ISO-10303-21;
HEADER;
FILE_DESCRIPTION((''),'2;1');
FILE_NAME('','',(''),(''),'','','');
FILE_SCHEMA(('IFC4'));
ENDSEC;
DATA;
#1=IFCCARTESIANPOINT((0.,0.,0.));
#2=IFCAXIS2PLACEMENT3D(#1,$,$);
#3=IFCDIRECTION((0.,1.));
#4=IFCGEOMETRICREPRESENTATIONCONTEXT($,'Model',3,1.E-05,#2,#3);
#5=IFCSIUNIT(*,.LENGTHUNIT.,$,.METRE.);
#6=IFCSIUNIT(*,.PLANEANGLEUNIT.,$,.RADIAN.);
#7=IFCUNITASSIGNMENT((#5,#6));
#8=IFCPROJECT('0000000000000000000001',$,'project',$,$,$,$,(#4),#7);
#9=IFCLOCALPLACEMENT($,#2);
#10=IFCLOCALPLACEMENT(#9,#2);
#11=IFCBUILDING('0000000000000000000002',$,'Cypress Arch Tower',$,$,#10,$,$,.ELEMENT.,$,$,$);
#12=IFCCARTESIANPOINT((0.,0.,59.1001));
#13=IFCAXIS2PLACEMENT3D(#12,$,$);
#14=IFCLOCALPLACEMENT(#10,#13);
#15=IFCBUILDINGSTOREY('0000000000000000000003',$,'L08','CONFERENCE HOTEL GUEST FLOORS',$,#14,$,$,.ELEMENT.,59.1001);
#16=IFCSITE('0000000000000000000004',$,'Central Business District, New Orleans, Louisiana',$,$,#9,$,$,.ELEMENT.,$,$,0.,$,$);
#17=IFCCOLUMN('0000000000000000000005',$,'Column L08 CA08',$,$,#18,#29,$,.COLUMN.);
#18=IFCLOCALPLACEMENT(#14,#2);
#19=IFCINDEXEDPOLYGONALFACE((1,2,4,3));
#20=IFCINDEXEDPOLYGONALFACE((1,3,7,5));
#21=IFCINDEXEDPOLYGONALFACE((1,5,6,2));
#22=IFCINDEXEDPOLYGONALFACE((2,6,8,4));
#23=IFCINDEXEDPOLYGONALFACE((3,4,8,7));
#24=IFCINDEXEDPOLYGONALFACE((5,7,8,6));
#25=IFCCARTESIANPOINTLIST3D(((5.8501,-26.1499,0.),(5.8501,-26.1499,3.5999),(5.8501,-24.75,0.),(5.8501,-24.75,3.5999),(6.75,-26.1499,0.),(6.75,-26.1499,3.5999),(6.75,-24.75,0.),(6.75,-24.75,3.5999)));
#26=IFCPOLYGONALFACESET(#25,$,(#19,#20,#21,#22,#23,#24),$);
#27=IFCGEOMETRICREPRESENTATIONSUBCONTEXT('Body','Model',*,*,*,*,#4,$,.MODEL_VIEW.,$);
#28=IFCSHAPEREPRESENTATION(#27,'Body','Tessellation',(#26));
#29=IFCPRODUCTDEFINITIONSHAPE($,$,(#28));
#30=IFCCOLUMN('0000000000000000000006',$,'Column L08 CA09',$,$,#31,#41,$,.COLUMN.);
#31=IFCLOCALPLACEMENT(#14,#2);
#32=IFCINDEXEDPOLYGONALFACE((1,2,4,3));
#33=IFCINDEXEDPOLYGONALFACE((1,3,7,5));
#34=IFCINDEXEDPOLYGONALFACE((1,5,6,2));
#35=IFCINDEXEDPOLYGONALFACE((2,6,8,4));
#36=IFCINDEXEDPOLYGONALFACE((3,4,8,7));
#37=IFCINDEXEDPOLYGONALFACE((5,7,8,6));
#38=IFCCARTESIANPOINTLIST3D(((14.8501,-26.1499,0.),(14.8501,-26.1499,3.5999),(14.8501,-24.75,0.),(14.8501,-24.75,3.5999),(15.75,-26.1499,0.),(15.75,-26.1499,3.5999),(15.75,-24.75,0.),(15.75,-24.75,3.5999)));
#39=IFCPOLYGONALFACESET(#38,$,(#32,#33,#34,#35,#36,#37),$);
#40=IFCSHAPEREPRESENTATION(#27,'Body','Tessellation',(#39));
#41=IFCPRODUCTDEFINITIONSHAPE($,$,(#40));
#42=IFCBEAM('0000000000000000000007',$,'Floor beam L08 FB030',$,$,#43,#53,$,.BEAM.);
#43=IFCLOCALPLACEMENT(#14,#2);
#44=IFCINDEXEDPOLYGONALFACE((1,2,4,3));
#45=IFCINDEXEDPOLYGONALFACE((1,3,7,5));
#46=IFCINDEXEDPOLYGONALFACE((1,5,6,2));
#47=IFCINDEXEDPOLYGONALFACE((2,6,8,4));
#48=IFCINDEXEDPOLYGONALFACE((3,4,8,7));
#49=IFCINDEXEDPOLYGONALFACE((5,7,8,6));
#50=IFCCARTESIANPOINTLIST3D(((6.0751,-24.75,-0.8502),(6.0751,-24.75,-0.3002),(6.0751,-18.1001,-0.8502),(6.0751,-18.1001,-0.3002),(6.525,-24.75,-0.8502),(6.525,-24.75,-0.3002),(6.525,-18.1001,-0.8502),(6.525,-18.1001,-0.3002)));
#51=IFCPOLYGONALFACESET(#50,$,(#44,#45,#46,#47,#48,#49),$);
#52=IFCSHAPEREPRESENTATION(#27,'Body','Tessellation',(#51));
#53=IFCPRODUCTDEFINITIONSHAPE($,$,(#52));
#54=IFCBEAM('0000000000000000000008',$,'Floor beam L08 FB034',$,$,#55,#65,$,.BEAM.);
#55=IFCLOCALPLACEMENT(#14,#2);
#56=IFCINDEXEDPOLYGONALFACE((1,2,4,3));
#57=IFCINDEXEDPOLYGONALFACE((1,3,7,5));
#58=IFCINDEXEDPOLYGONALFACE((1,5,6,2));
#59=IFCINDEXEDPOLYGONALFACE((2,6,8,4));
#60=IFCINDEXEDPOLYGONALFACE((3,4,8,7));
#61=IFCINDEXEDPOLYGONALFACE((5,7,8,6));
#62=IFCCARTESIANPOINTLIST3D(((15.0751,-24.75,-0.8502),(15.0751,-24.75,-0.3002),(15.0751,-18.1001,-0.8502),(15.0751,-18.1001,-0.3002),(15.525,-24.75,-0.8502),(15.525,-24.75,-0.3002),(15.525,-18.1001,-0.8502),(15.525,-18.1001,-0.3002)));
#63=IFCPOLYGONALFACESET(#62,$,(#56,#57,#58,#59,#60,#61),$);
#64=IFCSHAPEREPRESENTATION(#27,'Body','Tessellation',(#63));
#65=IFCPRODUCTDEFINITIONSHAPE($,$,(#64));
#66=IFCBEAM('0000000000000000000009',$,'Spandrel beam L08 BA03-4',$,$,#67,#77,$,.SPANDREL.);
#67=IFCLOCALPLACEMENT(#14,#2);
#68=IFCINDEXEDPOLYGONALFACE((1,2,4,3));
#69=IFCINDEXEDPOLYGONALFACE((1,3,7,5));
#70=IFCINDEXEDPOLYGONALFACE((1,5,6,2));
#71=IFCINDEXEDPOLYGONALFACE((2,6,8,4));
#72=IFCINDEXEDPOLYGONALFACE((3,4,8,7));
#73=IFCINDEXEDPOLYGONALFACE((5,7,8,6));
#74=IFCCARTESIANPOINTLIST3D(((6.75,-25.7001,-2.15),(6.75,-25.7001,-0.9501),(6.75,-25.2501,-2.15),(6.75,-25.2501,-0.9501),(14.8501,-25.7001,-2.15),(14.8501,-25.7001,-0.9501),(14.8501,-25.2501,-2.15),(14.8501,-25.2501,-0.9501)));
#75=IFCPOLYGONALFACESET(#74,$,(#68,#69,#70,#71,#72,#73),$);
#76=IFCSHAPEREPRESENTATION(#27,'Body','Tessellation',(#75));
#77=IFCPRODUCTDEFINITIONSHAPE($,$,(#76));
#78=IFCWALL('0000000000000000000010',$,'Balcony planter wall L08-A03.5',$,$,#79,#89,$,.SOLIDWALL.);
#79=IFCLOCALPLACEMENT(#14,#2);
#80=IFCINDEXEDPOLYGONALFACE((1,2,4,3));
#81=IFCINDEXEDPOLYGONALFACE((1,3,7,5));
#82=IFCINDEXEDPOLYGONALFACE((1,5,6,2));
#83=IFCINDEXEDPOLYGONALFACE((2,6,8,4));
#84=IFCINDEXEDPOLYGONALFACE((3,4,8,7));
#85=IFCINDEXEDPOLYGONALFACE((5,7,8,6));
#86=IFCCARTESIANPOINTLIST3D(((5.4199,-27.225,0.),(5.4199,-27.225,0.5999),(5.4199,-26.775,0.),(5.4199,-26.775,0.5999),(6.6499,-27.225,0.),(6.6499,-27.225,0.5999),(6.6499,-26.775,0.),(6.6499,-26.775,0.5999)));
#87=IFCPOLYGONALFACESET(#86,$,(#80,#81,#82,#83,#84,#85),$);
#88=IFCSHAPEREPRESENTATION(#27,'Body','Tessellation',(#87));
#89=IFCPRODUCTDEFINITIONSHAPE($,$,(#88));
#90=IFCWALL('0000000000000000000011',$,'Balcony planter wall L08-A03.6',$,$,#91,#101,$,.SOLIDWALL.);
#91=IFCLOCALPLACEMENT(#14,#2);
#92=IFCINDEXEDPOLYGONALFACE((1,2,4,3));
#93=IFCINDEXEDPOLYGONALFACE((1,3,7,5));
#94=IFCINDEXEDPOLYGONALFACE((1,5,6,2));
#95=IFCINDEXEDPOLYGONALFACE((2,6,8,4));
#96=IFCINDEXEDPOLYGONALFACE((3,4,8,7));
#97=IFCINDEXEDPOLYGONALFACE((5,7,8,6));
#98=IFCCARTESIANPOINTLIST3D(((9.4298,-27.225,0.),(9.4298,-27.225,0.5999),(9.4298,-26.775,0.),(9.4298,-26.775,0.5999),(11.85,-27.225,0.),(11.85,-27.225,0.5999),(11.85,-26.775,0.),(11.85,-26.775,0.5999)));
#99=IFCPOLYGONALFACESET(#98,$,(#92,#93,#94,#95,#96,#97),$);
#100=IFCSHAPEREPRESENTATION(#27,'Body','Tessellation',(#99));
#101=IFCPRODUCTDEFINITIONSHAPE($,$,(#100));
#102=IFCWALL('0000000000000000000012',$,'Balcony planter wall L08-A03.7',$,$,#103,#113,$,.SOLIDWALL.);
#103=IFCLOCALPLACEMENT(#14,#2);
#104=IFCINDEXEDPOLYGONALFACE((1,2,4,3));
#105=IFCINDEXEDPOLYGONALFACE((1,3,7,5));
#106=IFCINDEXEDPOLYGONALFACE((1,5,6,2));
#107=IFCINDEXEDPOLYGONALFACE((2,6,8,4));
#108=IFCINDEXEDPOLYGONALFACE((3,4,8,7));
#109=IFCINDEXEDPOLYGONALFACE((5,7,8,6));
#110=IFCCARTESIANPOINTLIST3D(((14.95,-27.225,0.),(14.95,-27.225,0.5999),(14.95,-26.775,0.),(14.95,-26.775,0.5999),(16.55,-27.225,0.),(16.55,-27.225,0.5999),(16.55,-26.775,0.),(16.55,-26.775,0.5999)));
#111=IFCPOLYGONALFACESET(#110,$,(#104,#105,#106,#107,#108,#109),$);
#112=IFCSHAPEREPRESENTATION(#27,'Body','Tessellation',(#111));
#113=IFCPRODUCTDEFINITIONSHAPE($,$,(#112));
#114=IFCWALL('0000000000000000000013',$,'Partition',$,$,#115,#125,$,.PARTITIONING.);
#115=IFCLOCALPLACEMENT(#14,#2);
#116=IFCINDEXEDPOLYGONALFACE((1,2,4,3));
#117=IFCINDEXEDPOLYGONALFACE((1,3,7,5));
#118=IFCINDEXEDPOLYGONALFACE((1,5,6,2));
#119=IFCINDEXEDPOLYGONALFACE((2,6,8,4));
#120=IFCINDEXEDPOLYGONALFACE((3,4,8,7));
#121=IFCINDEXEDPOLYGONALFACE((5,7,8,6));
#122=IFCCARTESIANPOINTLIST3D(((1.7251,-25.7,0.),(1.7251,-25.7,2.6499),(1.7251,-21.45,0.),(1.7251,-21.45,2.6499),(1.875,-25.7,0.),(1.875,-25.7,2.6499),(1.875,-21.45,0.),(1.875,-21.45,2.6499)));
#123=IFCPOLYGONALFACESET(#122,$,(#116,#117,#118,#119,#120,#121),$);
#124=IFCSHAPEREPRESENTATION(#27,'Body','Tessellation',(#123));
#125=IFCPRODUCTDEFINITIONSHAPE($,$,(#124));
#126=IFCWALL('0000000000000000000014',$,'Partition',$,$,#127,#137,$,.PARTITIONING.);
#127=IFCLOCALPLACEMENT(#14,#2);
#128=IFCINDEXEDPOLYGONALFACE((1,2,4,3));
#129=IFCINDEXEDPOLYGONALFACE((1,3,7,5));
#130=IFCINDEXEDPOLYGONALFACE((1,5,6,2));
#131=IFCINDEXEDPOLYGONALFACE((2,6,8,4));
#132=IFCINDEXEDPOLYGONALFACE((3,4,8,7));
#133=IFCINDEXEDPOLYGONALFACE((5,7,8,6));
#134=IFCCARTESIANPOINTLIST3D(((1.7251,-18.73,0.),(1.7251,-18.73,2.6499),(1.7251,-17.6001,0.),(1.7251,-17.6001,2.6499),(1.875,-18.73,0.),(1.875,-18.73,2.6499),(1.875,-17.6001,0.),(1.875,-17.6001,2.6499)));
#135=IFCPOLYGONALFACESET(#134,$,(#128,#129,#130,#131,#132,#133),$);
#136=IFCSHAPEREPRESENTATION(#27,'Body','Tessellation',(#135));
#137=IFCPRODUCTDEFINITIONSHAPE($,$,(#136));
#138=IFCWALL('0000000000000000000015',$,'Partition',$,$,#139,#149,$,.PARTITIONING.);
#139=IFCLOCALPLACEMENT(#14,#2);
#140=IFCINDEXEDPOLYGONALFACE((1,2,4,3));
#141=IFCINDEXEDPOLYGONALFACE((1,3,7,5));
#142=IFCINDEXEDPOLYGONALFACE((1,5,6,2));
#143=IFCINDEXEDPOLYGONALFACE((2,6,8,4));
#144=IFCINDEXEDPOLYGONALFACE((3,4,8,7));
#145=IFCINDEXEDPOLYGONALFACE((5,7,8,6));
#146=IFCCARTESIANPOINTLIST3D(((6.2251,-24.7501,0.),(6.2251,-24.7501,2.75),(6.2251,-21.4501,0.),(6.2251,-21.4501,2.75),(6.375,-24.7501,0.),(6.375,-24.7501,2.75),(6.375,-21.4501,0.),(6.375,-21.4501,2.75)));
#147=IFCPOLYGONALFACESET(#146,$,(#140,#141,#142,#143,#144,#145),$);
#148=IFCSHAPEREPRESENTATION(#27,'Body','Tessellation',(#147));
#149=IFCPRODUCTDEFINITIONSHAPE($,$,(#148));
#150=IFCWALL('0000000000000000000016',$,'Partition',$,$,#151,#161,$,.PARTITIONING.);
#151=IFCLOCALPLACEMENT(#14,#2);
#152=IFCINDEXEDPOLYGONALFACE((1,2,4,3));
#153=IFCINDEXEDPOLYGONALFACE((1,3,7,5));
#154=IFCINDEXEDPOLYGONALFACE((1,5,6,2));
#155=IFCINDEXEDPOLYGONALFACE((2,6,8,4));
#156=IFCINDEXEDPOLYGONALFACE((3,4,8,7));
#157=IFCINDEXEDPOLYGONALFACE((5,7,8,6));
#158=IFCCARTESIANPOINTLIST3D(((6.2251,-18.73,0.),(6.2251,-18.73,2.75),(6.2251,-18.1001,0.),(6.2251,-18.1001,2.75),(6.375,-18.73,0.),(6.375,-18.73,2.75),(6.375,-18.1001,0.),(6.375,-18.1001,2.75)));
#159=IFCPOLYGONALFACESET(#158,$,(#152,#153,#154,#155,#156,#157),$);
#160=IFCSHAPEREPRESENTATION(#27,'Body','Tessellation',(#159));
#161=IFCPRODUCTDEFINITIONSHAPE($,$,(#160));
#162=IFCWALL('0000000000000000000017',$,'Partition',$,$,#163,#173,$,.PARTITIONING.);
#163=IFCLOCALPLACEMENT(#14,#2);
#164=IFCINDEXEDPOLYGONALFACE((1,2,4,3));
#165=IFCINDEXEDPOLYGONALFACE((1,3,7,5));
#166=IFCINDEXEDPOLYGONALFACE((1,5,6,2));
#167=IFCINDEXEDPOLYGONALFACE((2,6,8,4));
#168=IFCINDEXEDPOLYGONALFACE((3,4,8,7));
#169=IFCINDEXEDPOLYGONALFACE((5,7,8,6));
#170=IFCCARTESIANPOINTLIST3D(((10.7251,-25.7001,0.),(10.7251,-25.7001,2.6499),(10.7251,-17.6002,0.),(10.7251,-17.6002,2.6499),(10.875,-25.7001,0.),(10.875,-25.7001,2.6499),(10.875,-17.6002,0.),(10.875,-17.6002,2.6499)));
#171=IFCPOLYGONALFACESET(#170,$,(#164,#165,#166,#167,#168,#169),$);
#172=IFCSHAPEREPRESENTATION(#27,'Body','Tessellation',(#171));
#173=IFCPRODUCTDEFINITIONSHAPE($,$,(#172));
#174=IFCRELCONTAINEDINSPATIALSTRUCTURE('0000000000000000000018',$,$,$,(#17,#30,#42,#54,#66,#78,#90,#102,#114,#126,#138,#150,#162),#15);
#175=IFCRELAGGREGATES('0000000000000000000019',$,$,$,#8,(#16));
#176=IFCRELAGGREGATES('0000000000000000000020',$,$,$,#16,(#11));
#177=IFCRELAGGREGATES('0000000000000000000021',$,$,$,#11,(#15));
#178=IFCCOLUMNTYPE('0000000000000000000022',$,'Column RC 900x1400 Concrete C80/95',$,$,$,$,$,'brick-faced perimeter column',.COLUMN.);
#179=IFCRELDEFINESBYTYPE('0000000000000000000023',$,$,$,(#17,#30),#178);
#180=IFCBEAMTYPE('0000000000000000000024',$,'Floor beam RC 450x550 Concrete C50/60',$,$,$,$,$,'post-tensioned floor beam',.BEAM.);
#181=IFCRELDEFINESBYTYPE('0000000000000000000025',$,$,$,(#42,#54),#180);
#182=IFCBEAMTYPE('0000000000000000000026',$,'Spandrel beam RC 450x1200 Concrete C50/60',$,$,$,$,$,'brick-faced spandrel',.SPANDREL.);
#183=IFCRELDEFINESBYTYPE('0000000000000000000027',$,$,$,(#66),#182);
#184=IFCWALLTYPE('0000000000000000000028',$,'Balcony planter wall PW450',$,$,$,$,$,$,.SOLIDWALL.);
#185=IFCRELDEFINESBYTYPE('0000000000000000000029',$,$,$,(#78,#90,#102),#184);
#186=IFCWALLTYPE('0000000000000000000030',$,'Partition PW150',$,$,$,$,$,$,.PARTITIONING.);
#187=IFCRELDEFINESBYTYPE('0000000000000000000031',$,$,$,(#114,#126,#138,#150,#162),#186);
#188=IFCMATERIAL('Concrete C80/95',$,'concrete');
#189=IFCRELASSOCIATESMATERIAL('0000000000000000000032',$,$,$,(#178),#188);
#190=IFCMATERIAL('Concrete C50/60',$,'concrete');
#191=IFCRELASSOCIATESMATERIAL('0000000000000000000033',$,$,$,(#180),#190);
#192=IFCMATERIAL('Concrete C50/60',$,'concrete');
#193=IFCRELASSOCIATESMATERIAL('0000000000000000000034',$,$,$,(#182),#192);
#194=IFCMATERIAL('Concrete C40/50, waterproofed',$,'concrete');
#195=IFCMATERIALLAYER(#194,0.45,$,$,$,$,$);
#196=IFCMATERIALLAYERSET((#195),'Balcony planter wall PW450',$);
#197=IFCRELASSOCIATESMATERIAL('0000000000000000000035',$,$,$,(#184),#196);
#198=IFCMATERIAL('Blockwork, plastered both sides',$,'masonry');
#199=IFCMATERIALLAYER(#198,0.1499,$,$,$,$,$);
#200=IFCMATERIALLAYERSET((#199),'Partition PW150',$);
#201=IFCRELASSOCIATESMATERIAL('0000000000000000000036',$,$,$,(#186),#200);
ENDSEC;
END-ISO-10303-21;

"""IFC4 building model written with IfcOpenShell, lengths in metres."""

from ifc_helpers import new_model, si_unit, direction, frame, frame_2d, origin, origin_2d, place, context, subcontext, project, spatial, rectangle, extrude, material, layer, layer_set, material_profile, profile_set, type_object, element, save


model = new_model("IFC4")

# Units and contexts
model_context = context("Model", 3, precision=1e-05, world=origin(), true_north=direction((0.0, 1.0)))
body_context = subcontext(model_context, "Body", "Model", "MODEL_VIEW")
ifc_project = project(units=[si_unit("LENGTHUNIT", "METRE"), si_unit("PLANEANGLEUNIT", "RADIAN")], contexts=[model_context])

# Site, building, storey
site_placement = place(None, origin())
site = spatial("IfcSite", under=ifc_project, at=site_placement, Name="Central Business District, New Orleans, Louisiana", CompositionType="ELEMENT", RefElevation=0.0)
building_placement = place(site_placement, origin())
building = spatial("IfcBuilding", under=site, at=building_placement, Name="Cypress Arch Tower", CompositionType="ELEMENT")
storey_placement = place(building_placement, frame((0.0, 0.0, 59.1001)))
storey = spatial("IfcBuildingStorey", under=building, at=storey_placement, Name="L08", Description="CONFERENCE HOTEL GUEST FLOORS", CompositionType="ELEMENT", Elevation=59.1001)

# Columns
ifc_material_1 = material(Name="Concrete C80/95", Category="concrete")
ifc_material_profile_1 = material_profile(ifc_material_1, rectangle(XDim=0.8999, YDim=1.3999, at=origin_2d()), Name="RC 900x1400")
ifc_profile_set_1 = profile_set([ifc_material_profile_1], Name="Concrete C80/95")
column_type = type_object("IfcColumnType", Name="Column RC 900x1400 Concrete C80/95", ElementType="brick-faced perimeter column", PredefinedType="COLUMN", material=ifc_profile_set_1)
for number, where, z_axis, x_axis, name in (
    (1, (6.3, -25.45, 0.0), (0.0, 0.0, 1.0), (1.0, 0.0, 0.0), "Column L08 CA08"),
    (2, (15.3, -25.45, 0.0), (0.0, 0.0, 1.0), (1.0, 0.0, 0.0), "Column L08 CA09"),
):
    element("IfcColumn", number, at=place(storey_placement, frame(where, z_axis=z_axis, x_axis=x_axis)), inside=storey, type_object=column_type, Name=name, PredefinedType="COLUMN", context=body_context, shape_type="SweptSolid", body=[
        extrude(rectangle(XDim=0.8999, YDim=1.3999, at=origin_2d()), origin(), (0.0, 0.0, 1.0), 3.5999),
    ])

# Beams
ifc_material_2 = material(Name="Concrete C50/60", Category="concrete")
ifc_material_profile_2 = material_profile(ifc_material_2, rectangle(XDim=0.45, YDim=0.55, at=origin_2d()), Name="RC 450x550")
ifc_profile_set_2 = profile_set([ifc_material_profile_2], Name="Concrete C50/60")
beam_type_1 = type_object("IfcBeamType", Name="Floor beam RC 450x550 Concrete C50/60", ElementType="post-tensioned floor beam", PredefinedType="BEAM", material=ifc_profile_set_2)
for number, where, z_axis, x_axis, name in (
    (3, (6.3, -24.75, -0.5752), (0.0, 1.0, 0.0), (-1.0, 0.0, 0.0), "Floor beam L08 FB030"),
    (4, (15.3, -24.75, -0.5752), (0.0, 1.0, 0.0), (-1.0, 0.0, 0.0), "Floor beam L08 FB034"),
):
    element("IfcBeam", number, at=place(storey_placement, frame(where, z_axis=z_axis, x_axis=x_axis)), inside=storey, type_object=beam_type_1, Name=name, PredefinedType="BEAM", context=body_context, shape_type="SweptSolid", body=[
        extrude(rectangle(XDim=0.45, YDim=0.55, at=origin_2d()), origin(), (0.0, 0.0, 1.0), 6.6499),
    ])
ifc_material_3 = material(Name="Concrete C50/60", Category="concrete")
ifc_material_profile_3 = material_profile(ifc_material_3, rectangle(XDim=0.45, YDim=1.2, at=origin_2d()), Name="RC 450x1200")
ifc_profile_set_3 = profile_set([ifc_material_profile_3], Name="Concrete C50/60")
beam_type_2 = type_object("IfcBeamType", Name="Spandrel beam RC 450x1200 Concrete C50/60", ElementType="brick-faced spandrel", PredefinedType="SPANDREL", material=ifc_profile_set_3)
beam_placement = place(storey_placement, frame((6.75, -25.4751, -1.55), z_axis=(1.0, 0.0, 0.0), x_axis=(0.0, 1.0, 0.0)))
element("IfcBeam", 5, at=beam_placement, inside=storey, type_object=beam_type_2, Name="Spandrel beam L08 BA03-4", PredefinedType="SPANDREL", context=body_context, shape_type="SweptSolid", body=[
    extrude(rectangle(XDim=0.45, YDim=1.2, at=origin_2d()), origin(), (0.0, 0.0, 1.0), 8.1001),
])

# Walls
ifc_material_4 = material(Name="Concrete C40/50, waterproofed", Category="concrete")
ifc_layer_1 = layer(ifc_material_4, 0.45)
ifc_layer_set_1 = layer_set([ifc_layer_1], Name="Balcony planter wall PW450")
wall_type_1 = type_object("IfcWallType", Name="Balcony planter wall PW450", PredefinedType="SOLIDWALL", material=ifc_layer_set_1)
wall_1_placement = place(storey_placement, frame((5.4199, -27.0, 0.0), z_axis=(0.0, 0.0, 1.0), x_axis=(1.0, 0.0, 0.0)))
element("IfcWall", 6, at=wall_1_placement, inside=storey, type_object=wall_type_1, Name="Balcony planter wall L08-A03.5", PredefinedType="SOLIDWALL", context=body_context, shape_type="SweptSolid", body=[
    extrude(rectangle(XDim=1.23, YDim=0.45, at=frame_2d((0.615, 0.0))), origin(), (0.0, 0.0, 1.0), 0.5999),
])
wall_2_placement = place(storey_placement, frame((9.4299, -27.0, 0.0), z_axis=(0.0, 0.0, 1.0), x_axis=(1.0, 0.0, 0.0)))
element("IfcWall", 7, at=wall_2_placement, inside=storey, type_object=wall_type_1, Name="Balcony planter wall L08-A03.6", PredefinedType="SOLIDWALL", context=body_context, shape_type="SweptSolid", body=[
    extrude(rectangle(XDim=2.4202, YDim=0.45, at=frame_2d((1.21, 0.0))), origin(), (0.0, 0.0, 1.0), 0.5999),
])
wall_3_placement = place(storey_placement, frame((14.95, -27.0, 0.0), z_axis=(0.0, 0.0, 1.0), x_axis=(1.0, 0.0, 0.0)))
element("IfcWall", 8, at=wall_3_placement, inside=storey, type_object=wall_type_1, Name="Balcony planter wall L08-A03.7", PredefinedType="SOLIDWALL", context=body_context, shape_type="SweptSolid", body=[
    extrude(rectangle(XDim=1.6001, YDim=0.45, at=frame_2d((0.8, 0.0))), origin(), (0.0, 0.0, 1.0), 0.5999),
])

# Walls
ifc_material_5 = material(Name="Blockwork, plastered both sides", Category="masonry")
ifc_layer_2 = layer(ifc_material_5, 0.1499)
ifc_layer_set_2 = layer_set([ifc_layer_2], Name="Partition PW150")
wall_type_2 = type_object("IfcWallType", Name="Partition PW150", PredefinedType="PARTITIONING", material=ifc_layer_set_2)
wall_4_placement = place(storey_placement, frame((1.8, -25.7, 0.0), z_axis=(0.0, 0.0, 1.0), x_axis=(0.0, 1.0, 0.0)))
element("IfcWall", 9, at=wall_4_placement, inside=storey, type_object=wall_type_2, Name="Partition", PredefinedType="PARTITIONING", context=body_context, shape_type="SweptSolid", body=[
    extrude(rectangle(XDim=4.25, YDim=0.1499, at=frame_2d((2.125, 0.0))), origin(), (0.0, 0.0, 1.0), 2.6499),
])
wall_5_placement = place(storey_placement, frame((1.8, -18.73, 0.0), z_axis=(0.0, 0.0, 1.0), x_axis=(0.0, 1.0, 0.0)))
element("IfcWall", 10, at=wall_5_placement, inside=storey, type_object=wall_type_2, Name="Partition", PredefinedType="PARTITIONING", context=body_context, shape_type="SweptSolid", body=[
    extrude(rectangle(XDim=1.1299, YDim=0.1499, at=frame_2d((0.5649, 0.0))), origin(), (0.0, 0.0, 1.0), 2.6499),
])
wall_6_placement = place(storey_placement, frame((6.3, -24.75, 0.0), z_axis=(0.0, 0.0, 1.0), x_axis=(0.0, 1.0, 0.0)))
element("IfcWall", 11, at=wall_6_placement, inside=storey, type_object=wall_type_2, Name="Partition", PredefinedType="PARTITIONING", context=body_context, shape_type="SweptSolid", body=[
    extrude(rectangle(XDim=3.3, YDim=0.1499, at=frame_2d((1.6499, 0.0))), origin(), (0.0, 0.0, 1.0), 2.75),
])
wall_7_placement = place(storey_placement, frame((6.3, -18.73, 0.0), z_axis=(0.0, 0.0, 1.0), x_axis=(0.0, 1.0, 0.0)))
element("IfcWall", 12, at=wall_7_placement, inside=storey, type_object=wall_type_2, Name="Partition", PredefinedType="PARTITIONING", context=body_context, shape_type="SweptSolid", body=[
    extrude(rectangle(XDim=0.6299, YDim=0.1499, at=frame_2d((0.3149, 0.0))), origin(), (0.0, 0.0, 1.0), 2.75),
])
wall_8_placement = place(storey_placement, frame((10.8, -25.7, 0.0), z_axis=(0.0, 0.0, 1.0), x_axis=(0.0, 1.0, 0.0)))
element("IfcWall", 13, at=wall_8_placement, inside=storey, type_object=wall_type_2, Name="Partition", PredefinedType="PARTITIONING", context=body_context, shape_type="SweptSolid", body=[
    extrude(rectangle(XDim=8.0999, YDim=0.1499, at=frame_2d((4.0498, 0.0))), origin(), (0.0, 0.0, 1.0), 2.6499),
])

save(model, "model.ifc")
